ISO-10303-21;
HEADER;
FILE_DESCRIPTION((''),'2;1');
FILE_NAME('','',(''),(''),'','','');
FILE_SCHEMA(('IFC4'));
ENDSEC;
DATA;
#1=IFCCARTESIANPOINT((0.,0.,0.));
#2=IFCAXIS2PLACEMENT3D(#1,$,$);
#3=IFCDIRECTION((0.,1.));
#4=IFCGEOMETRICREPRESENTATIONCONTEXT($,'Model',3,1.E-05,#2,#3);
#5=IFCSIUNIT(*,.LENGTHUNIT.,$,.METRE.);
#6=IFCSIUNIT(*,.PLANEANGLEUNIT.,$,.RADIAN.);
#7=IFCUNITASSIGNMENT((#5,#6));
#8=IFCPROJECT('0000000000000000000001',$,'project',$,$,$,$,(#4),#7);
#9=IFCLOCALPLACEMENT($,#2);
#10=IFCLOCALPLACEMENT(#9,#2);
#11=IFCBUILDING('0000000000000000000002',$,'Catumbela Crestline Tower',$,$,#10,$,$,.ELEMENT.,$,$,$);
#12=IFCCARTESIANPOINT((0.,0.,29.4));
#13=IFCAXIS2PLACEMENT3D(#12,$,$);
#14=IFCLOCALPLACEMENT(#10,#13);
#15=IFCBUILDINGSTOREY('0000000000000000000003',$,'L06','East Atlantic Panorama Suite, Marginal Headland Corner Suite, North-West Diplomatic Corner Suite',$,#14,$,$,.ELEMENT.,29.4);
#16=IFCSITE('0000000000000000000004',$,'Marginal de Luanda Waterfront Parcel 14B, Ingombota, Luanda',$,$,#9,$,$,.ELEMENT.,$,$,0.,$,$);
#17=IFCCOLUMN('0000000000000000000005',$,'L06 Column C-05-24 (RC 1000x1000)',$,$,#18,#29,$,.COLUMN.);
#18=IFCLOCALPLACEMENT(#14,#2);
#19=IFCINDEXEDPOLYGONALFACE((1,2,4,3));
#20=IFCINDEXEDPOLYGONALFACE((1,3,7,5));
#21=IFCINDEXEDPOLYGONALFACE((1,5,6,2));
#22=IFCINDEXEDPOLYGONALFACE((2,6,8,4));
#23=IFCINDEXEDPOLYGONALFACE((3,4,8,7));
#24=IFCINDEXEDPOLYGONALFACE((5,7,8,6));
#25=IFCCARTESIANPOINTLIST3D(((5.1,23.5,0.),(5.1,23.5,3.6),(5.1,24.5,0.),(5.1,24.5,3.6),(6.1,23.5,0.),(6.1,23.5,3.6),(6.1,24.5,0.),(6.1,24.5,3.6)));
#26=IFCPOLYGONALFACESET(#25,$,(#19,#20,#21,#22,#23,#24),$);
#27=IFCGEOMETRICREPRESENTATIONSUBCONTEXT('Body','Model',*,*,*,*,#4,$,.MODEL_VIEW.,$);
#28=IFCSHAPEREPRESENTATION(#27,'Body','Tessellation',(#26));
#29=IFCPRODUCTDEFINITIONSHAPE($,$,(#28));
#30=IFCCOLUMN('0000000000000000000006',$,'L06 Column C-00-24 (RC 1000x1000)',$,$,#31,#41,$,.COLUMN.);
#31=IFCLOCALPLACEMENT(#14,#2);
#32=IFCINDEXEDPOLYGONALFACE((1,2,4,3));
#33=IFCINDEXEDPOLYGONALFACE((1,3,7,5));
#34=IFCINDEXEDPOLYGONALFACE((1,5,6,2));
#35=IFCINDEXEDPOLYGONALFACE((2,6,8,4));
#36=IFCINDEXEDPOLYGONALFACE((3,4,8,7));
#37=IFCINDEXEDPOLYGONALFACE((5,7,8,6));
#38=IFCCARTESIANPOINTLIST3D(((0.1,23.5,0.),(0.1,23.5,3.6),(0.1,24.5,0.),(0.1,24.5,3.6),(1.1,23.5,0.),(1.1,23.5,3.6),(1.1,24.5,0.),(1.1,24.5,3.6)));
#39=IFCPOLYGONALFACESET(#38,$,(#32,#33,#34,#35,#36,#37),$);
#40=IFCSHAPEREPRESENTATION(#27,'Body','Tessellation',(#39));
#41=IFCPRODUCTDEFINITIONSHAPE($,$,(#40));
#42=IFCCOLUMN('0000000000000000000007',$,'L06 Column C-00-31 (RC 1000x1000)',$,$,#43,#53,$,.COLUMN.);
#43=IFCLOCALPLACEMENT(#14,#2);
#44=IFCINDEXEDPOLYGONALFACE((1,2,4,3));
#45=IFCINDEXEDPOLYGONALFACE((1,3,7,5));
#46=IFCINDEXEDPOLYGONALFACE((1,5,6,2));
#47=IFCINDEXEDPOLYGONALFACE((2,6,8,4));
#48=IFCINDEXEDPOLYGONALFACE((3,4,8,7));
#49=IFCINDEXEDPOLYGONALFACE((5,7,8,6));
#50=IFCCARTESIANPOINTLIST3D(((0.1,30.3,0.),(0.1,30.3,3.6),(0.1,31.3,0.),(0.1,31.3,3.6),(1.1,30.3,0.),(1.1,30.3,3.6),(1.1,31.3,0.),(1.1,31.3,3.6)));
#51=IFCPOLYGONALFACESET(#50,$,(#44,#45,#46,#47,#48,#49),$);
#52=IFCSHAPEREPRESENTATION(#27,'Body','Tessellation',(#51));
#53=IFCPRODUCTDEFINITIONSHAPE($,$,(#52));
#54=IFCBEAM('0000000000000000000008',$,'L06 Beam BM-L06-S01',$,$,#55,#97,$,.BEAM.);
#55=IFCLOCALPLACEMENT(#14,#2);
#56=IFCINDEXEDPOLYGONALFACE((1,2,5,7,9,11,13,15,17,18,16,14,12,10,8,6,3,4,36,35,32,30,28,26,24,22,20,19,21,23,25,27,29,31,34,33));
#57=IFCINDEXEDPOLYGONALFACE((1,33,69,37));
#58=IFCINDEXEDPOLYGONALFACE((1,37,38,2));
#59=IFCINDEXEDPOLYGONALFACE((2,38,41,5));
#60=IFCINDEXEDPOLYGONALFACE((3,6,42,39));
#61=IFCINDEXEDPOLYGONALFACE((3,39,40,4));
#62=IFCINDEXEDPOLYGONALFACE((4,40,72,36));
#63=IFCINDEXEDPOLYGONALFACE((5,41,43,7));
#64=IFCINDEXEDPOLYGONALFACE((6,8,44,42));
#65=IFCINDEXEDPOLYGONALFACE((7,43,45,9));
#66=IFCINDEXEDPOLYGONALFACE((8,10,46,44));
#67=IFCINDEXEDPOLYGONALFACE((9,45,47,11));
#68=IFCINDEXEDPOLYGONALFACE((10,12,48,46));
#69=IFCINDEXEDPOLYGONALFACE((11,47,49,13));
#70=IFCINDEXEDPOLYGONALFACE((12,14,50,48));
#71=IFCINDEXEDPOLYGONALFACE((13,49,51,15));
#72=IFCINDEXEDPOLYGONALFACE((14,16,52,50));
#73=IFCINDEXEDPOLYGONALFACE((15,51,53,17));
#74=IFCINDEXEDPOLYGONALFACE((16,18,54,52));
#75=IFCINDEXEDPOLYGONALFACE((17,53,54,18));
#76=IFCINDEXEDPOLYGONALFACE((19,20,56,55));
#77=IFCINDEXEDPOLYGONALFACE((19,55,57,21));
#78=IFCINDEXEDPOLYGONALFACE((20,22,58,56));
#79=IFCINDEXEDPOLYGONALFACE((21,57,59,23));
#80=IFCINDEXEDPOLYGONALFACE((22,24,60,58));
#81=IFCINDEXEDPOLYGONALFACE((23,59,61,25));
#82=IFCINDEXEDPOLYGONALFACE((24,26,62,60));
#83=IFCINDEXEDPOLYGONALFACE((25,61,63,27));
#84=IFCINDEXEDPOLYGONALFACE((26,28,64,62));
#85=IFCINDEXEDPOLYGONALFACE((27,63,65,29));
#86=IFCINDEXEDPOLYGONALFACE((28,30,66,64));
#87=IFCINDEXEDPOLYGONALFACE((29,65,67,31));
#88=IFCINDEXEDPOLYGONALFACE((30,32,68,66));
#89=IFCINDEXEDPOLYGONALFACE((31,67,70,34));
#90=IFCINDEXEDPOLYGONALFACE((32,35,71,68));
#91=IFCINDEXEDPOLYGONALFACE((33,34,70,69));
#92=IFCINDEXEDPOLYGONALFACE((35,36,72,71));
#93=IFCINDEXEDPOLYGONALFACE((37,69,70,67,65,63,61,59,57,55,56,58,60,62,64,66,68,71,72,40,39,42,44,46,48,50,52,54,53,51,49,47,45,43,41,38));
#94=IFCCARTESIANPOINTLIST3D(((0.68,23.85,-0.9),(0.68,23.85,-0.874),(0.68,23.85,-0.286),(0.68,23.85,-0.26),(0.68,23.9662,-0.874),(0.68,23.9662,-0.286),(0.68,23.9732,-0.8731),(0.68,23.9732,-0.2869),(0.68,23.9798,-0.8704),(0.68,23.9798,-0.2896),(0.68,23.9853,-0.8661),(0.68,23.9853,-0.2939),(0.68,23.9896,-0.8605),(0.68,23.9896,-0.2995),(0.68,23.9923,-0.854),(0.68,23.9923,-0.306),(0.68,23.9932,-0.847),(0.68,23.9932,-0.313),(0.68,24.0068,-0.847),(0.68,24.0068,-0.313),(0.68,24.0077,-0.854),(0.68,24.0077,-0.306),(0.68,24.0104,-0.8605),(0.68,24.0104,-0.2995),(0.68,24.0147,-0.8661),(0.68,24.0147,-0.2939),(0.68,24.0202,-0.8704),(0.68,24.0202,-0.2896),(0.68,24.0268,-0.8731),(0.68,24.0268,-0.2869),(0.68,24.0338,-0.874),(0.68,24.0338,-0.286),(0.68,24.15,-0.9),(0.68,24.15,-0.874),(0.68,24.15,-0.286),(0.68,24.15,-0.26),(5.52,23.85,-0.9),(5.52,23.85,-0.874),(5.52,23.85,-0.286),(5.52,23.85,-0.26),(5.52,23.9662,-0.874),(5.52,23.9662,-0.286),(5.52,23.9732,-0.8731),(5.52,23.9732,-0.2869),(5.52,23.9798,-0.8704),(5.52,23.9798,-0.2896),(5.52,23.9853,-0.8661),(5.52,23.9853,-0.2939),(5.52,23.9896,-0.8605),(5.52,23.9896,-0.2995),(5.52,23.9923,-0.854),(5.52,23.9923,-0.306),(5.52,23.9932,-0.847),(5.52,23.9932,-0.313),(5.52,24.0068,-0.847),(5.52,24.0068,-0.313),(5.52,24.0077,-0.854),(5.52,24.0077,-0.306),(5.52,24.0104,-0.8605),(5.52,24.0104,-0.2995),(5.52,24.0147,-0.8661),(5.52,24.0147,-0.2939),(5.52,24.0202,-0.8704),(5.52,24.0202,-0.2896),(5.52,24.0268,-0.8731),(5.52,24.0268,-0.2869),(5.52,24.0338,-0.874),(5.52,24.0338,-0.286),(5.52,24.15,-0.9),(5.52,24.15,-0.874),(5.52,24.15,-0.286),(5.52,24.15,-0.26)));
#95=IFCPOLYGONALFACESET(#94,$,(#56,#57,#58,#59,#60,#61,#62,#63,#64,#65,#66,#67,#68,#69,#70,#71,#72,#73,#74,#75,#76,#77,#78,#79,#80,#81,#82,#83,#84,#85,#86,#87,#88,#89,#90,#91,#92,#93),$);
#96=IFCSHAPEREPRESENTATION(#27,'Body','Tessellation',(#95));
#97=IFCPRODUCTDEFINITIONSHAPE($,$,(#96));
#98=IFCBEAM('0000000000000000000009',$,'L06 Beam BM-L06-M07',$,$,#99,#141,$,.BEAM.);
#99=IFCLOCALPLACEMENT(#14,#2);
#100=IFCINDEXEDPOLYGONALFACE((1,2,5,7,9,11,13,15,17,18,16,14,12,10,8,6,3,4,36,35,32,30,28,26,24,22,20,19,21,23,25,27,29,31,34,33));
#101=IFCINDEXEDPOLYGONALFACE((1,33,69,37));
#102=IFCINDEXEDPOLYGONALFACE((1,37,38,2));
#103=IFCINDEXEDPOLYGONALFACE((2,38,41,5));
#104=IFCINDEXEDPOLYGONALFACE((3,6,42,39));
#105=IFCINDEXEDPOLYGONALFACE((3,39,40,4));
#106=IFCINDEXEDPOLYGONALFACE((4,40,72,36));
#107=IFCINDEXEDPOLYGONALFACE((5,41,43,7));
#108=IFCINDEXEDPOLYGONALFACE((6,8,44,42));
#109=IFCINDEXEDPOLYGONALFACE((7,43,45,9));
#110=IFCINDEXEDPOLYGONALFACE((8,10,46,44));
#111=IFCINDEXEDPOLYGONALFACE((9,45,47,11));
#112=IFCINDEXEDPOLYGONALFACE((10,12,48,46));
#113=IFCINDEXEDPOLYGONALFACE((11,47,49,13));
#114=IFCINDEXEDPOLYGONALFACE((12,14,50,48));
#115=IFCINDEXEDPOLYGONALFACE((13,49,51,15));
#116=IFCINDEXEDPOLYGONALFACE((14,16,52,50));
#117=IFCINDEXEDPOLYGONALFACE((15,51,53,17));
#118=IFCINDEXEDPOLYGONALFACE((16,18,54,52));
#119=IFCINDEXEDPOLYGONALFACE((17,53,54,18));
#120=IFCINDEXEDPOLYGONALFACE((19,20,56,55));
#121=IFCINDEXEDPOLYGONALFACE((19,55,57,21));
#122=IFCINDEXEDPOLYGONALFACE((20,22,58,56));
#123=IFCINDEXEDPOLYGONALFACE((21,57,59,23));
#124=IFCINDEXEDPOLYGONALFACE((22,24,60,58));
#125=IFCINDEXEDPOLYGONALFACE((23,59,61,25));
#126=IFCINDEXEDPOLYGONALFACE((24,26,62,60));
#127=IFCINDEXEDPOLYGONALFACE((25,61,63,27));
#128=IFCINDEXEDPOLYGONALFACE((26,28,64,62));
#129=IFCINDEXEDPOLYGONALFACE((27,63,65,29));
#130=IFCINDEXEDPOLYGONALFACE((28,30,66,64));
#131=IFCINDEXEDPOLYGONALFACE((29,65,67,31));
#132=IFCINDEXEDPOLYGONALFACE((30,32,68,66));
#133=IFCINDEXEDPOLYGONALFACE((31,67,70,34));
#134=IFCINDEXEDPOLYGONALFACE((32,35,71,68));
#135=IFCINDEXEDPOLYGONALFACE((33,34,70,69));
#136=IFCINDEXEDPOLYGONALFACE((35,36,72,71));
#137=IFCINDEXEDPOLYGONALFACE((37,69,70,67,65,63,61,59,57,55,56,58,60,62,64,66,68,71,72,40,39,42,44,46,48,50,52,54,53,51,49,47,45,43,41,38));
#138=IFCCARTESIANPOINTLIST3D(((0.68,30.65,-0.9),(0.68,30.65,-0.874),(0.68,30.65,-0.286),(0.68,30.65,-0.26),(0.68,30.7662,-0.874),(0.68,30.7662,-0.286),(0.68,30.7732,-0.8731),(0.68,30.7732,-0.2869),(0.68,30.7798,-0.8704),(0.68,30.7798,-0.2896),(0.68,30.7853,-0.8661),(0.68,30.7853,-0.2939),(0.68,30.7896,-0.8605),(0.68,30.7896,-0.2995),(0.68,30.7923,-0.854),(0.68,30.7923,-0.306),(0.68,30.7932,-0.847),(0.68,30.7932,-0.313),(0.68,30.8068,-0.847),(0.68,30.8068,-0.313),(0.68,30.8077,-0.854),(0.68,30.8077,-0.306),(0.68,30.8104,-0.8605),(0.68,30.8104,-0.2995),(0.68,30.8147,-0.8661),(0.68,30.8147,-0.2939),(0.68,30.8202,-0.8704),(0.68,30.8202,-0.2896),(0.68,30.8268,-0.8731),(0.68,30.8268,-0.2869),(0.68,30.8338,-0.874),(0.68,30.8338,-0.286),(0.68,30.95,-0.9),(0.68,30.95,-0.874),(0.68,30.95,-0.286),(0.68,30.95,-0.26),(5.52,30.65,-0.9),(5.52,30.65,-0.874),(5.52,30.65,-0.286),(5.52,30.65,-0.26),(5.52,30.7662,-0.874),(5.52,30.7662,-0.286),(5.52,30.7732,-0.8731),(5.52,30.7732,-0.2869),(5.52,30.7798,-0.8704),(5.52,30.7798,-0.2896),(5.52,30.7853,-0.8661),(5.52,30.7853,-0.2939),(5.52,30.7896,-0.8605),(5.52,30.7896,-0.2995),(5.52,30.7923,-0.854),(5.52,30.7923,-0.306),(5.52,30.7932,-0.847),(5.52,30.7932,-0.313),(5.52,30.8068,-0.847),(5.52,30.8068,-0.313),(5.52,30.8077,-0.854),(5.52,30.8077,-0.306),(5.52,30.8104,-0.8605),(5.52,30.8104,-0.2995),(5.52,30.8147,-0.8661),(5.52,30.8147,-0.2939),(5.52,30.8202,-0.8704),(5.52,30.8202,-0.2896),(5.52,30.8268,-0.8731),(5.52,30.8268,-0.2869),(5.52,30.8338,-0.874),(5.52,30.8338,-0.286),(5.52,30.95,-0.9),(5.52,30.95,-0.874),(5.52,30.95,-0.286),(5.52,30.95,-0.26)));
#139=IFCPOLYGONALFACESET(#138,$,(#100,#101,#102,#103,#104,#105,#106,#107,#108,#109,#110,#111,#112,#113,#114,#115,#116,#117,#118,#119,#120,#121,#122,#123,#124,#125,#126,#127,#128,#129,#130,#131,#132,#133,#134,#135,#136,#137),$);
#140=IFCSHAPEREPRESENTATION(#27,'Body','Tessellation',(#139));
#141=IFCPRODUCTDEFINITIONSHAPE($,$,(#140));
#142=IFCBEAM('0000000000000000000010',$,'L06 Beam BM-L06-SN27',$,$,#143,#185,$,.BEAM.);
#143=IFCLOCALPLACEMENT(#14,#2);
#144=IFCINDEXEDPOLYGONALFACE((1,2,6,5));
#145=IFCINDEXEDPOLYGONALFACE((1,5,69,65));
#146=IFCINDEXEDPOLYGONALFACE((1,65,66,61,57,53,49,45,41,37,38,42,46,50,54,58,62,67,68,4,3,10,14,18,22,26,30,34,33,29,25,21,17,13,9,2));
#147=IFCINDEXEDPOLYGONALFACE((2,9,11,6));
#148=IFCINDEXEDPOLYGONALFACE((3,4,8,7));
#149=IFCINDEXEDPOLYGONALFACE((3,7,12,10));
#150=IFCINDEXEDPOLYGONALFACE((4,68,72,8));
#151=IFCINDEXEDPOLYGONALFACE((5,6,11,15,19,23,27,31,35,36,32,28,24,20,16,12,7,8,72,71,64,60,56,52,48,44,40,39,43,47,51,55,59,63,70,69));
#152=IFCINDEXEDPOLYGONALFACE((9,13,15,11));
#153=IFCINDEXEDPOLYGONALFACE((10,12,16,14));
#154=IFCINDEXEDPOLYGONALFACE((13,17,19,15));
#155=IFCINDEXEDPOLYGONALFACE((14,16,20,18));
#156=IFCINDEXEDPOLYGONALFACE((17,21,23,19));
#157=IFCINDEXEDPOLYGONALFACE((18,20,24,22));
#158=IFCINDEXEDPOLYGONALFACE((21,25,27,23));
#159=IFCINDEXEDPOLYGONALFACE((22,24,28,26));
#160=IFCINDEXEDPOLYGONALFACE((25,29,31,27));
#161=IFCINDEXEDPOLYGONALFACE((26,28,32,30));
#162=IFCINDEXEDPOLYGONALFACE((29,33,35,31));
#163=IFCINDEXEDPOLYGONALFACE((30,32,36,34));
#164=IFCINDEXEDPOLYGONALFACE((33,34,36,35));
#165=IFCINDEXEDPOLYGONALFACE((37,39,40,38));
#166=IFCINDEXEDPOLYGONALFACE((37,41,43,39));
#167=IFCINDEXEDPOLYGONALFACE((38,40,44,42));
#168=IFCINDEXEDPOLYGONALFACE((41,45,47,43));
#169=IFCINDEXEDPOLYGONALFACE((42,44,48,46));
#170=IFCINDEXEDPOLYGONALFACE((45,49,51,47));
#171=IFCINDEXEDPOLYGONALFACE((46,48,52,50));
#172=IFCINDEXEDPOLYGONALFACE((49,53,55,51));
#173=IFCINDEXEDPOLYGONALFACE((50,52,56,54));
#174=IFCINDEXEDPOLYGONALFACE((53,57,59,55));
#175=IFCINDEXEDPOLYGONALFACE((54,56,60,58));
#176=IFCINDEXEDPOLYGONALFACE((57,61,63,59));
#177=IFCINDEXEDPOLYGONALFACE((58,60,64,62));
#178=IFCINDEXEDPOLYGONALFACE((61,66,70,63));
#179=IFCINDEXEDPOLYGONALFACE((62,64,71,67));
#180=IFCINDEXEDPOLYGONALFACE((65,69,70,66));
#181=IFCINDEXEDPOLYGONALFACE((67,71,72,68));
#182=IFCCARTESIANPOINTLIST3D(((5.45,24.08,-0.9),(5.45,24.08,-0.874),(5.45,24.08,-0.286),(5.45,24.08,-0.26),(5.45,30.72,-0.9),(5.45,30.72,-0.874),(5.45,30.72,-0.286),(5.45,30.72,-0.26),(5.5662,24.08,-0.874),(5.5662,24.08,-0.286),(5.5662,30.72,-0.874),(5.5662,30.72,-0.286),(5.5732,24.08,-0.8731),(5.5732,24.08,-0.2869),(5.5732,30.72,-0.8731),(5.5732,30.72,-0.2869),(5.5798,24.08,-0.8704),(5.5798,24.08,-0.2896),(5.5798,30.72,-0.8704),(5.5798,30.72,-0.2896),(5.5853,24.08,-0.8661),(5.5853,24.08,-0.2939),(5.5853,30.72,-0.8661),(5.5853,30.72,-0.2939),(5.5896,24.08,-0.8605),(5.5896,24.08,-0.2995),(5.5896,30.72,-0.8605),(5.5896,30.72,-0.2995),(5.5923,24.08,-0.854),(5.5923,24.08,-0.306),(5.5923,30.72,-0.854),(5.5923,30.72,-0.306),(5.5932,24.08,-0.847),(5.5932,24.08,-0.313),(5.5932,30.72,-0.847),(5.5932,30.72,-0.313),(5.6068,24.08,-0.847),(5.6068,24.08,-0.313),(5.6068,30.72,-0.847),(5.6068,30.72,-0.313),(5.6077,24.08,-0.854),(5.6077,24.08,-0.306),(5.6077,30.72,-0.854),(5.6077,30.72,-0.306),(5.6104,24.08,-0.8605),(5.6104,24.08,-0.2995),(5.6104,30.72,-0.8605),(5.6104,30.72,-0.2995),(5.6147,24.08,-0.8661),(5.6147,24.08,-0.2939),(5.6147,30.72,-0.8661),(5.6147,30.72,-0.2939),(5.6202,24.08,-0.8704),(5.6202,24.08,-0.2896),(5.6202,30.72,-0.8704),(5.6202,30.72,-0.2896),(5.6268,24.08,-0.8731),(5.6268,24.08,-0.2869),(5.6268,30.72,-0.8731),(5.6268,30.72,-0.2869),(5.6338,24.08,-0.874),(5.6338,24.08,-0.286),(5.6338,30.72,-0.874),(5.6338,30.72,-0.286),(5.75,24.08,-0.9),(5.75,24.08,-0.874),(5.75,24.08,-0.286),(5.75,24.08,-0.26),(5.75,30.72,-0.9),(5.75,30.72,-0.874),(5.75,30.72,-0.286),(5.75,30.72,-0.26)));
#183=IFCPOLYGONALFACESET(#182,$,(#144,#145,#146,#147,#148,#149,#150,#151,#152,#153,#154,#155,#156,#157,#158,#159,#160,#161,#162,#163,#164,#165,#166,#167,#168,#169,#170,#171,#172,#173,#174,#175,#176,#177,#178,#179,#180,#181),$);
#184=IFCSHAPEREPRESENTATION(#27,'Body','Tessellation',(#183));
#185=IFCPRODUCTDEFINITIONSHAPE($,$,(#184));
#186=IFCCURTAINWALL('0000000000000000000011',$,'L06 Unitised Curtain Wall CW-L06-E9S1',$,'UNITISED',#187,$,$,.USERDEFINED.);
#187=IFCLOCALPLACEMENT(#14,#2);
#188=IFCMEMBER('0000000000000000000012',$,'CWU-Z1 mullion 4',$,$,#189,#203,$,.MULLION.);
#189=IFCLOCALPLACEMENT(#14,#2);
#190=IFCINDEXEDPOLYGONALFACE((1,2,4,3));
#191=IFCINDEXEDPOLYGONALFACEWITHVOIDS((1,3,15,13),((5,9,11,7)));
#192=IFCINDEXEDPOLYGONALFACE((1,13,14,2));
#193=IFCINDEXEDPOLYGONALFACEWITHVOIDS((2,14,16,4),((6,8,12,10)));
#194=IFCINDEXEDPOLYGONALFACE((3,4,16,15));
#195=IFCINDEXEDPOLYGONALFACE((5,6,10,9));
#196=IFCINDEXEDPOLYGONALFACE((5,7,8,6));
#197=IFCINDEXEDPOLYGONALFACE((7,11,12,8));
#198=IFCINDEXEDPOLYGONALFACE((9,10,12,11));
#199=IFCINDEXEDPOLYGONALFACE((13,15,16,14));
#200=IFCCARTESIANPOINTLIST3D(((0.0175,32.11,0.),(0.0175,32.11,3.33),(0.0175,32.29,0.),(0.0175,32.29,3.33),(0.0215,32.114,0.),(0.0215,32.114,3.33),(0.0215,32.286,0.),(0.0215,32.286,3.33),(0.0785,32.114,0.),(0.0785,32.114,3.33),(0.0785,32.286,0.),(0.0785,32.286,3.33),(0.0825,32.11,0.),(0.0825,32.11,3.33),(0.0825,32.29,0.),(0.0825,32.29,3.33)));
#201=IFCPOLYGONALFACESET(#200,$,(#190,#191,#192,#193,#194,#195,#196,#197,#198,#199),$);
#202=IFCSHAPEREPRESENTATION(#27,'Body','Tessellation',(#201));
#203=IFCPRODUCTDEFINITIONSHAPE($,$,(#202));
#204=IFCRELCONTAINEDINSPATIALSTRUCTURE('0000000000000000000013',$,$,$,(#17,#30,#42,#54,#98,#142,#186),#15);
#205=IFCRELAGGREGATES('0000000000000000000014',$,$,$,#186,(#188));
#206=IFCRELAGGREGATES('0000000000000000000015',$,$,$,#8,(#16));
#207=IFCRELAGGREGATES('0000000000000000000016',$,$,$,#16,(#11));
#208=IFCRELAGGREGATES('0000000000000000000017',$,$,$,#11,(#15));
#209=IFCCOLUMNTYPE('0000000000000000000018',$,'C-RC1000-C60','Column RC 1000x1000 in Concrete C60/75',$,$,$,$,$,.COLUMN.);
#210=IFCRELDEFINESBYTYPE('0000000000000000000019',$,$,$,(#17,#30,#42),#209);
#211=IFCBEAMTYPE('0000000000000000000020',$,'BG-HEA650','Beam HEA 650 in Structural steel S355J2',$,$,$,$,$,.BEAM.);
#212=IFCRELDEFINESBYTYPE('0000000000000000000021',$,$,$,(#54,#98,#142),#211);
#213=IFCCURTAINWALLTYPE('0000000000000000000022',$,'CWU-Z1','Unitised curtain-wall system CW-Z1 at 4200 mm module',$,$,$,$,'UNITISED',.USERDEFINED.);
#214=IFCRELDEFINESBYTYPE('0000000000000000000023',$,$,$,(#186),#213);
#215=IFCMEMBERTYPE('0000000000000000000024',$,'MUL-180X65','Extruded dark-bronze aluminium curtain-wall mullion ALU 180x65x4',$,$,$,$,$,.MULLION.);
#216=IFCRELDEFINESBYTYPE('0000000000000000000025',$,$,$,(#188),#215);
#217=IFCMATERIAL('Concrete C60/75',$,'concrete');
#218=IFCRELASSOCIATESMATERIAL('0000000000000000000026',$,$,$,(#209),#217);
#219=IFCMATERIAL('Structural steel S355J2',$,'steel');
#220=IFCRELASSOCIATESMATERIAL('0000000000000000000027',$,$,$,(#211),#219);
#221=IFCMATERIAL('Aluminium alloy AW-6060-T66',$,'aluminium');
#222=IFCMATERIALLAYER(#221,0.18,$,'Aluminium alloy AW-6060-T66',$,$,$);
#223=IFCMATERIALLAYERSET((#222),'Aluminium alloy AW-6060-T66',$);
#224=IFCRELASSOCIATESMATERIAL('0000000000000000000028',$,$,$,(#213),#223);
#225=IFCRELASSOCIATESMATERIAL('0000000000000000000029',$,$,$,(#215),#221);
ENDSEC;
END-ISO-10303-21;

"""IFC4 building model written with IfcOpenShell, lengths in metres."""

from ifc_helpers import new_model, si_unit, direction, frame, origin, origin_2d, place, context, subcontext, project, spatial, rectangle, hollow_rectangle, i_section, extrude, material, layer, layer_set, material_profile, profile_set, type_object, element, aggregate, save


model = new_model("IFC4")

# Units and contexts
model_context = context("Model", 3, precision=1e-05, world=origin(), true_north=direction((0.0, 1.0)))
body_context = subcontext(model_context, "Body", "Model", "MODEL_VIEW")
ifc_project = project(units=[si_unit("LENGTHUNIT", "METRE"), si_unit("PLANEANGLEUNIT", "RADIAN")], contexts=[model_context])

# Site, building, storey
site_placement = place(None, origin())
site = spatial("IfcSite", under=ifc_project, at=site_placement, Name="Marginal de Luanda Waterfront Parcel 14B, Ingombota, Luanda", CompositionType="ELEMENT", RefElevation=0.0)
building_placement = place(site_placement, origin())
building = spatial("IfcBuilding", under=site, at=building_placement, Name="Catumbela Crestline Tower", CompositionType="ELEMENT")
storey_placement = place(building_placement, frame((0.0, 0.0, 29.4)))
storey = spatial("IfcBuildingStorey", under=building, at=storey_placement, Name="L06", Description="East Atlantic Panorama Suite, Marginal Headland Corner Suite, North-West Diplomatic Corner Suite", CompositionType="ELEMENT", Elevation=29.4)

# Columns
ifc_material_1 = material(Name="Concrete C60/75", Category="concrete")
ifc_material_profile_1 = material_profile(ifc_material_1, rectangle(XDim=1.0, YDim=1.0, at=origin_2d()), Name="RC 1000x1000")
ifc_profile_set_1 = profile_set([ifc_material_profile_1], Name="Concrete C60/75")
column_type = type_object("IfcColumnType", Name="C-RC1000-C60", Description="Column RC 1000x1000 in Concrete C60/75", PredefinedType="COLUMN", material=ifc_profile_set_1)
for number, where, z_axis, x_axis, name in (
    (1, (5.6, 24.0, 0.0), (0.0, 0.0, 1.0), (1.0, 0.0, 0.0), "L06 Column C-05-24 (RC 1000x1000)"),
    (2, (0.6, 24.0, 0.0), (0.0, 0.0, 1.0), (1.0, 0.0, 0.0), "L06 Column C-00-24 (RC 1000x1000)"),
    (3, (0.6, 30.8, 0.0), (0.0, 0.0, 1.0), (1.0, 0.0, 0.0), "L06 Column C-00-31 (RC 1000x1000)"),
):
    element("IfcColumn", number, at=place(storey_placement, frame(where, z_axis=z_axis, x_axis=x_axis)), inside=storey, type_object=column_type, Name=name, PredefinedType="COLUMN", context=body_context, shape_type="SweptSolid", body=[
        extrude(rectangle(XDim=1.0, YDim=1.0, at=origin_2d()), origin(), (0.0, 0.0, 1.0), 3.6),
    ])

# Beams
ifc_material_2 = material(Name="Structural steel S355J2", Category="steel")
ifc_material_profile_2 = material_profile(ifc_material_2, i_section(OverallWidth=0.3, OverallDepth=0.64, WebThickness=0.0135, FlangeThickness=0.026, FilletRadius=0.027, at=origin_2d()), Name="HEA 650")
ifc_profile_set_2 = profile_set([ifc_material_profile_2], Name="Structural steel S355J2")
beam_type_1 = type_object("IfcBeamType", Name="BG-HEA650", Description="Beam HEA 650 in Structural steel S355J2", PredefinedType="BEAM", material=ifc_profile_set_2)
for number, where, z_axis, x_axis, name in (
    (4, (0.68, 24.0, -0.58), (1.0, 0.0, 0.0), (0.0, 1.0, 0.0), "L06 Beam BM-L06-S01"),
    (5, (0.68, 30.8, -0.58), (1.0, 0.0, 0.0), (0.0, 1.0, 0.0), "L06 Beam BM-L06-M07"),
):
    element("IfcBeam", number, at=place(storey_placement, frame(where, z_axis=z_axis, x_axis=x_axis)), inside=storey, type_object=beam_type_1, Name=name, PredefinedType="BEAM", context=body_context, shape_type="SweptSolid", body=[
        extrude(i_section(OverallWidth=0.3, OverallDepth=0.64, WebThickness=0.0135, FlangeThickness=0.026, FilletRadius=0.027, at=origin_2d()), origin(), (0.0, 0.0, 1.0), 4.84),
    ])
beam_1_placement = place(storey_placement, frame((5.6, 24.08, -0.58), z_axis=(0.0, 1.0, 0.0), x_axis=(-1.0, 0.0, 0.0)))
element("IfcBeam", 6, at=beam_1_placement, inside=storey, type_object=beam_type_1, Name="L06 Beam BM-L06-SN27", PredefinedType="BEAM", context=body_context, shape_type="SweptSolid", body=[
    extrude(i_section(OverallWidth=0.3, OverallDepth=0.64, WebThickness=0.0135, FlangeThickness=0.026, FilletRadius=0.027, at=origin_2d()), origin(), (0.0, 0.0, 1.0), 6.64),
])

# Curtain wall, member
ifc_material_3 = material(Name="Aluminium alloy AW-6060-T66", Category="aluminium")
ifc_layer_1 = layer(ifc_material_3, 0.18, Name="Aluminium alloy AW-6060-T66")
ifc_layer_set_1 = layer_set([ifc_layer_1], Name="Aluminium alloy AW-6060-T66")
curtain_wall_type = type_object("IfcCurtainWallType", Name="CWU-Z1", Description="Unitised curtain-wall system CW-Z1 at 4200 mm module", ElementType="UNITISED", PredefinedType="USERDEFINED", material=ifc_layer_set_1)
curtain_wall_placement = place(storey_placement, origin())
curtain_wall = element("IfcCurtainWall", 7, at=curtain_wall_placement, inside=storey, type_object=curtain_wall_type, Name="L06 Unitised Curtain Wall CW-L06-E9S1", ObjectType="UNITISED", PredefinedType="USERDEFINED")
ifc_material_profile_3 = material_profile(ifc_material_3, hollow_rectangle(XDim=0.065, YDim=0.18, WallThickness=0.004, at=origin_2d()), Name="ALU 180x65x4")
ifc_profile_set_3 = profile_set([ifc_material_profile_3], Name="Aluminium alloy AW-6060-T66")
member_type_1 = type_object("IfcMemberType", Name="MUL-180X65", Description="Extruded dark-bronze aluminium curtain-wall mullion ALU 180x65x4", PredefinedType="MULLION", material=ifc_profile_set_3)
member_1_placement = place(storey_placement, frame((0.05, 32.2, 0.0), z_axis=(0.0, 0.0, 1.0), x_axis=(1.0, 0.0, 0.0)))
member_1 = element("IfcMember", 8, at=member_1_placement, type_object=member_type_1, Name="CWU-Z1 mullion 4", PredefinedType="MULLION", context=body_context, shape_type="SweptSolid", body=[
    extrude(hollow_rectangle(XDim=0.065, YDim=0.18, WallThickness=0.004, at=origin_2d()), origin(), (0.0, 0.0, 1.0), 3.33),
])

aggregate(curtain_wall, [member_1])

save(model, "model.ifc")
